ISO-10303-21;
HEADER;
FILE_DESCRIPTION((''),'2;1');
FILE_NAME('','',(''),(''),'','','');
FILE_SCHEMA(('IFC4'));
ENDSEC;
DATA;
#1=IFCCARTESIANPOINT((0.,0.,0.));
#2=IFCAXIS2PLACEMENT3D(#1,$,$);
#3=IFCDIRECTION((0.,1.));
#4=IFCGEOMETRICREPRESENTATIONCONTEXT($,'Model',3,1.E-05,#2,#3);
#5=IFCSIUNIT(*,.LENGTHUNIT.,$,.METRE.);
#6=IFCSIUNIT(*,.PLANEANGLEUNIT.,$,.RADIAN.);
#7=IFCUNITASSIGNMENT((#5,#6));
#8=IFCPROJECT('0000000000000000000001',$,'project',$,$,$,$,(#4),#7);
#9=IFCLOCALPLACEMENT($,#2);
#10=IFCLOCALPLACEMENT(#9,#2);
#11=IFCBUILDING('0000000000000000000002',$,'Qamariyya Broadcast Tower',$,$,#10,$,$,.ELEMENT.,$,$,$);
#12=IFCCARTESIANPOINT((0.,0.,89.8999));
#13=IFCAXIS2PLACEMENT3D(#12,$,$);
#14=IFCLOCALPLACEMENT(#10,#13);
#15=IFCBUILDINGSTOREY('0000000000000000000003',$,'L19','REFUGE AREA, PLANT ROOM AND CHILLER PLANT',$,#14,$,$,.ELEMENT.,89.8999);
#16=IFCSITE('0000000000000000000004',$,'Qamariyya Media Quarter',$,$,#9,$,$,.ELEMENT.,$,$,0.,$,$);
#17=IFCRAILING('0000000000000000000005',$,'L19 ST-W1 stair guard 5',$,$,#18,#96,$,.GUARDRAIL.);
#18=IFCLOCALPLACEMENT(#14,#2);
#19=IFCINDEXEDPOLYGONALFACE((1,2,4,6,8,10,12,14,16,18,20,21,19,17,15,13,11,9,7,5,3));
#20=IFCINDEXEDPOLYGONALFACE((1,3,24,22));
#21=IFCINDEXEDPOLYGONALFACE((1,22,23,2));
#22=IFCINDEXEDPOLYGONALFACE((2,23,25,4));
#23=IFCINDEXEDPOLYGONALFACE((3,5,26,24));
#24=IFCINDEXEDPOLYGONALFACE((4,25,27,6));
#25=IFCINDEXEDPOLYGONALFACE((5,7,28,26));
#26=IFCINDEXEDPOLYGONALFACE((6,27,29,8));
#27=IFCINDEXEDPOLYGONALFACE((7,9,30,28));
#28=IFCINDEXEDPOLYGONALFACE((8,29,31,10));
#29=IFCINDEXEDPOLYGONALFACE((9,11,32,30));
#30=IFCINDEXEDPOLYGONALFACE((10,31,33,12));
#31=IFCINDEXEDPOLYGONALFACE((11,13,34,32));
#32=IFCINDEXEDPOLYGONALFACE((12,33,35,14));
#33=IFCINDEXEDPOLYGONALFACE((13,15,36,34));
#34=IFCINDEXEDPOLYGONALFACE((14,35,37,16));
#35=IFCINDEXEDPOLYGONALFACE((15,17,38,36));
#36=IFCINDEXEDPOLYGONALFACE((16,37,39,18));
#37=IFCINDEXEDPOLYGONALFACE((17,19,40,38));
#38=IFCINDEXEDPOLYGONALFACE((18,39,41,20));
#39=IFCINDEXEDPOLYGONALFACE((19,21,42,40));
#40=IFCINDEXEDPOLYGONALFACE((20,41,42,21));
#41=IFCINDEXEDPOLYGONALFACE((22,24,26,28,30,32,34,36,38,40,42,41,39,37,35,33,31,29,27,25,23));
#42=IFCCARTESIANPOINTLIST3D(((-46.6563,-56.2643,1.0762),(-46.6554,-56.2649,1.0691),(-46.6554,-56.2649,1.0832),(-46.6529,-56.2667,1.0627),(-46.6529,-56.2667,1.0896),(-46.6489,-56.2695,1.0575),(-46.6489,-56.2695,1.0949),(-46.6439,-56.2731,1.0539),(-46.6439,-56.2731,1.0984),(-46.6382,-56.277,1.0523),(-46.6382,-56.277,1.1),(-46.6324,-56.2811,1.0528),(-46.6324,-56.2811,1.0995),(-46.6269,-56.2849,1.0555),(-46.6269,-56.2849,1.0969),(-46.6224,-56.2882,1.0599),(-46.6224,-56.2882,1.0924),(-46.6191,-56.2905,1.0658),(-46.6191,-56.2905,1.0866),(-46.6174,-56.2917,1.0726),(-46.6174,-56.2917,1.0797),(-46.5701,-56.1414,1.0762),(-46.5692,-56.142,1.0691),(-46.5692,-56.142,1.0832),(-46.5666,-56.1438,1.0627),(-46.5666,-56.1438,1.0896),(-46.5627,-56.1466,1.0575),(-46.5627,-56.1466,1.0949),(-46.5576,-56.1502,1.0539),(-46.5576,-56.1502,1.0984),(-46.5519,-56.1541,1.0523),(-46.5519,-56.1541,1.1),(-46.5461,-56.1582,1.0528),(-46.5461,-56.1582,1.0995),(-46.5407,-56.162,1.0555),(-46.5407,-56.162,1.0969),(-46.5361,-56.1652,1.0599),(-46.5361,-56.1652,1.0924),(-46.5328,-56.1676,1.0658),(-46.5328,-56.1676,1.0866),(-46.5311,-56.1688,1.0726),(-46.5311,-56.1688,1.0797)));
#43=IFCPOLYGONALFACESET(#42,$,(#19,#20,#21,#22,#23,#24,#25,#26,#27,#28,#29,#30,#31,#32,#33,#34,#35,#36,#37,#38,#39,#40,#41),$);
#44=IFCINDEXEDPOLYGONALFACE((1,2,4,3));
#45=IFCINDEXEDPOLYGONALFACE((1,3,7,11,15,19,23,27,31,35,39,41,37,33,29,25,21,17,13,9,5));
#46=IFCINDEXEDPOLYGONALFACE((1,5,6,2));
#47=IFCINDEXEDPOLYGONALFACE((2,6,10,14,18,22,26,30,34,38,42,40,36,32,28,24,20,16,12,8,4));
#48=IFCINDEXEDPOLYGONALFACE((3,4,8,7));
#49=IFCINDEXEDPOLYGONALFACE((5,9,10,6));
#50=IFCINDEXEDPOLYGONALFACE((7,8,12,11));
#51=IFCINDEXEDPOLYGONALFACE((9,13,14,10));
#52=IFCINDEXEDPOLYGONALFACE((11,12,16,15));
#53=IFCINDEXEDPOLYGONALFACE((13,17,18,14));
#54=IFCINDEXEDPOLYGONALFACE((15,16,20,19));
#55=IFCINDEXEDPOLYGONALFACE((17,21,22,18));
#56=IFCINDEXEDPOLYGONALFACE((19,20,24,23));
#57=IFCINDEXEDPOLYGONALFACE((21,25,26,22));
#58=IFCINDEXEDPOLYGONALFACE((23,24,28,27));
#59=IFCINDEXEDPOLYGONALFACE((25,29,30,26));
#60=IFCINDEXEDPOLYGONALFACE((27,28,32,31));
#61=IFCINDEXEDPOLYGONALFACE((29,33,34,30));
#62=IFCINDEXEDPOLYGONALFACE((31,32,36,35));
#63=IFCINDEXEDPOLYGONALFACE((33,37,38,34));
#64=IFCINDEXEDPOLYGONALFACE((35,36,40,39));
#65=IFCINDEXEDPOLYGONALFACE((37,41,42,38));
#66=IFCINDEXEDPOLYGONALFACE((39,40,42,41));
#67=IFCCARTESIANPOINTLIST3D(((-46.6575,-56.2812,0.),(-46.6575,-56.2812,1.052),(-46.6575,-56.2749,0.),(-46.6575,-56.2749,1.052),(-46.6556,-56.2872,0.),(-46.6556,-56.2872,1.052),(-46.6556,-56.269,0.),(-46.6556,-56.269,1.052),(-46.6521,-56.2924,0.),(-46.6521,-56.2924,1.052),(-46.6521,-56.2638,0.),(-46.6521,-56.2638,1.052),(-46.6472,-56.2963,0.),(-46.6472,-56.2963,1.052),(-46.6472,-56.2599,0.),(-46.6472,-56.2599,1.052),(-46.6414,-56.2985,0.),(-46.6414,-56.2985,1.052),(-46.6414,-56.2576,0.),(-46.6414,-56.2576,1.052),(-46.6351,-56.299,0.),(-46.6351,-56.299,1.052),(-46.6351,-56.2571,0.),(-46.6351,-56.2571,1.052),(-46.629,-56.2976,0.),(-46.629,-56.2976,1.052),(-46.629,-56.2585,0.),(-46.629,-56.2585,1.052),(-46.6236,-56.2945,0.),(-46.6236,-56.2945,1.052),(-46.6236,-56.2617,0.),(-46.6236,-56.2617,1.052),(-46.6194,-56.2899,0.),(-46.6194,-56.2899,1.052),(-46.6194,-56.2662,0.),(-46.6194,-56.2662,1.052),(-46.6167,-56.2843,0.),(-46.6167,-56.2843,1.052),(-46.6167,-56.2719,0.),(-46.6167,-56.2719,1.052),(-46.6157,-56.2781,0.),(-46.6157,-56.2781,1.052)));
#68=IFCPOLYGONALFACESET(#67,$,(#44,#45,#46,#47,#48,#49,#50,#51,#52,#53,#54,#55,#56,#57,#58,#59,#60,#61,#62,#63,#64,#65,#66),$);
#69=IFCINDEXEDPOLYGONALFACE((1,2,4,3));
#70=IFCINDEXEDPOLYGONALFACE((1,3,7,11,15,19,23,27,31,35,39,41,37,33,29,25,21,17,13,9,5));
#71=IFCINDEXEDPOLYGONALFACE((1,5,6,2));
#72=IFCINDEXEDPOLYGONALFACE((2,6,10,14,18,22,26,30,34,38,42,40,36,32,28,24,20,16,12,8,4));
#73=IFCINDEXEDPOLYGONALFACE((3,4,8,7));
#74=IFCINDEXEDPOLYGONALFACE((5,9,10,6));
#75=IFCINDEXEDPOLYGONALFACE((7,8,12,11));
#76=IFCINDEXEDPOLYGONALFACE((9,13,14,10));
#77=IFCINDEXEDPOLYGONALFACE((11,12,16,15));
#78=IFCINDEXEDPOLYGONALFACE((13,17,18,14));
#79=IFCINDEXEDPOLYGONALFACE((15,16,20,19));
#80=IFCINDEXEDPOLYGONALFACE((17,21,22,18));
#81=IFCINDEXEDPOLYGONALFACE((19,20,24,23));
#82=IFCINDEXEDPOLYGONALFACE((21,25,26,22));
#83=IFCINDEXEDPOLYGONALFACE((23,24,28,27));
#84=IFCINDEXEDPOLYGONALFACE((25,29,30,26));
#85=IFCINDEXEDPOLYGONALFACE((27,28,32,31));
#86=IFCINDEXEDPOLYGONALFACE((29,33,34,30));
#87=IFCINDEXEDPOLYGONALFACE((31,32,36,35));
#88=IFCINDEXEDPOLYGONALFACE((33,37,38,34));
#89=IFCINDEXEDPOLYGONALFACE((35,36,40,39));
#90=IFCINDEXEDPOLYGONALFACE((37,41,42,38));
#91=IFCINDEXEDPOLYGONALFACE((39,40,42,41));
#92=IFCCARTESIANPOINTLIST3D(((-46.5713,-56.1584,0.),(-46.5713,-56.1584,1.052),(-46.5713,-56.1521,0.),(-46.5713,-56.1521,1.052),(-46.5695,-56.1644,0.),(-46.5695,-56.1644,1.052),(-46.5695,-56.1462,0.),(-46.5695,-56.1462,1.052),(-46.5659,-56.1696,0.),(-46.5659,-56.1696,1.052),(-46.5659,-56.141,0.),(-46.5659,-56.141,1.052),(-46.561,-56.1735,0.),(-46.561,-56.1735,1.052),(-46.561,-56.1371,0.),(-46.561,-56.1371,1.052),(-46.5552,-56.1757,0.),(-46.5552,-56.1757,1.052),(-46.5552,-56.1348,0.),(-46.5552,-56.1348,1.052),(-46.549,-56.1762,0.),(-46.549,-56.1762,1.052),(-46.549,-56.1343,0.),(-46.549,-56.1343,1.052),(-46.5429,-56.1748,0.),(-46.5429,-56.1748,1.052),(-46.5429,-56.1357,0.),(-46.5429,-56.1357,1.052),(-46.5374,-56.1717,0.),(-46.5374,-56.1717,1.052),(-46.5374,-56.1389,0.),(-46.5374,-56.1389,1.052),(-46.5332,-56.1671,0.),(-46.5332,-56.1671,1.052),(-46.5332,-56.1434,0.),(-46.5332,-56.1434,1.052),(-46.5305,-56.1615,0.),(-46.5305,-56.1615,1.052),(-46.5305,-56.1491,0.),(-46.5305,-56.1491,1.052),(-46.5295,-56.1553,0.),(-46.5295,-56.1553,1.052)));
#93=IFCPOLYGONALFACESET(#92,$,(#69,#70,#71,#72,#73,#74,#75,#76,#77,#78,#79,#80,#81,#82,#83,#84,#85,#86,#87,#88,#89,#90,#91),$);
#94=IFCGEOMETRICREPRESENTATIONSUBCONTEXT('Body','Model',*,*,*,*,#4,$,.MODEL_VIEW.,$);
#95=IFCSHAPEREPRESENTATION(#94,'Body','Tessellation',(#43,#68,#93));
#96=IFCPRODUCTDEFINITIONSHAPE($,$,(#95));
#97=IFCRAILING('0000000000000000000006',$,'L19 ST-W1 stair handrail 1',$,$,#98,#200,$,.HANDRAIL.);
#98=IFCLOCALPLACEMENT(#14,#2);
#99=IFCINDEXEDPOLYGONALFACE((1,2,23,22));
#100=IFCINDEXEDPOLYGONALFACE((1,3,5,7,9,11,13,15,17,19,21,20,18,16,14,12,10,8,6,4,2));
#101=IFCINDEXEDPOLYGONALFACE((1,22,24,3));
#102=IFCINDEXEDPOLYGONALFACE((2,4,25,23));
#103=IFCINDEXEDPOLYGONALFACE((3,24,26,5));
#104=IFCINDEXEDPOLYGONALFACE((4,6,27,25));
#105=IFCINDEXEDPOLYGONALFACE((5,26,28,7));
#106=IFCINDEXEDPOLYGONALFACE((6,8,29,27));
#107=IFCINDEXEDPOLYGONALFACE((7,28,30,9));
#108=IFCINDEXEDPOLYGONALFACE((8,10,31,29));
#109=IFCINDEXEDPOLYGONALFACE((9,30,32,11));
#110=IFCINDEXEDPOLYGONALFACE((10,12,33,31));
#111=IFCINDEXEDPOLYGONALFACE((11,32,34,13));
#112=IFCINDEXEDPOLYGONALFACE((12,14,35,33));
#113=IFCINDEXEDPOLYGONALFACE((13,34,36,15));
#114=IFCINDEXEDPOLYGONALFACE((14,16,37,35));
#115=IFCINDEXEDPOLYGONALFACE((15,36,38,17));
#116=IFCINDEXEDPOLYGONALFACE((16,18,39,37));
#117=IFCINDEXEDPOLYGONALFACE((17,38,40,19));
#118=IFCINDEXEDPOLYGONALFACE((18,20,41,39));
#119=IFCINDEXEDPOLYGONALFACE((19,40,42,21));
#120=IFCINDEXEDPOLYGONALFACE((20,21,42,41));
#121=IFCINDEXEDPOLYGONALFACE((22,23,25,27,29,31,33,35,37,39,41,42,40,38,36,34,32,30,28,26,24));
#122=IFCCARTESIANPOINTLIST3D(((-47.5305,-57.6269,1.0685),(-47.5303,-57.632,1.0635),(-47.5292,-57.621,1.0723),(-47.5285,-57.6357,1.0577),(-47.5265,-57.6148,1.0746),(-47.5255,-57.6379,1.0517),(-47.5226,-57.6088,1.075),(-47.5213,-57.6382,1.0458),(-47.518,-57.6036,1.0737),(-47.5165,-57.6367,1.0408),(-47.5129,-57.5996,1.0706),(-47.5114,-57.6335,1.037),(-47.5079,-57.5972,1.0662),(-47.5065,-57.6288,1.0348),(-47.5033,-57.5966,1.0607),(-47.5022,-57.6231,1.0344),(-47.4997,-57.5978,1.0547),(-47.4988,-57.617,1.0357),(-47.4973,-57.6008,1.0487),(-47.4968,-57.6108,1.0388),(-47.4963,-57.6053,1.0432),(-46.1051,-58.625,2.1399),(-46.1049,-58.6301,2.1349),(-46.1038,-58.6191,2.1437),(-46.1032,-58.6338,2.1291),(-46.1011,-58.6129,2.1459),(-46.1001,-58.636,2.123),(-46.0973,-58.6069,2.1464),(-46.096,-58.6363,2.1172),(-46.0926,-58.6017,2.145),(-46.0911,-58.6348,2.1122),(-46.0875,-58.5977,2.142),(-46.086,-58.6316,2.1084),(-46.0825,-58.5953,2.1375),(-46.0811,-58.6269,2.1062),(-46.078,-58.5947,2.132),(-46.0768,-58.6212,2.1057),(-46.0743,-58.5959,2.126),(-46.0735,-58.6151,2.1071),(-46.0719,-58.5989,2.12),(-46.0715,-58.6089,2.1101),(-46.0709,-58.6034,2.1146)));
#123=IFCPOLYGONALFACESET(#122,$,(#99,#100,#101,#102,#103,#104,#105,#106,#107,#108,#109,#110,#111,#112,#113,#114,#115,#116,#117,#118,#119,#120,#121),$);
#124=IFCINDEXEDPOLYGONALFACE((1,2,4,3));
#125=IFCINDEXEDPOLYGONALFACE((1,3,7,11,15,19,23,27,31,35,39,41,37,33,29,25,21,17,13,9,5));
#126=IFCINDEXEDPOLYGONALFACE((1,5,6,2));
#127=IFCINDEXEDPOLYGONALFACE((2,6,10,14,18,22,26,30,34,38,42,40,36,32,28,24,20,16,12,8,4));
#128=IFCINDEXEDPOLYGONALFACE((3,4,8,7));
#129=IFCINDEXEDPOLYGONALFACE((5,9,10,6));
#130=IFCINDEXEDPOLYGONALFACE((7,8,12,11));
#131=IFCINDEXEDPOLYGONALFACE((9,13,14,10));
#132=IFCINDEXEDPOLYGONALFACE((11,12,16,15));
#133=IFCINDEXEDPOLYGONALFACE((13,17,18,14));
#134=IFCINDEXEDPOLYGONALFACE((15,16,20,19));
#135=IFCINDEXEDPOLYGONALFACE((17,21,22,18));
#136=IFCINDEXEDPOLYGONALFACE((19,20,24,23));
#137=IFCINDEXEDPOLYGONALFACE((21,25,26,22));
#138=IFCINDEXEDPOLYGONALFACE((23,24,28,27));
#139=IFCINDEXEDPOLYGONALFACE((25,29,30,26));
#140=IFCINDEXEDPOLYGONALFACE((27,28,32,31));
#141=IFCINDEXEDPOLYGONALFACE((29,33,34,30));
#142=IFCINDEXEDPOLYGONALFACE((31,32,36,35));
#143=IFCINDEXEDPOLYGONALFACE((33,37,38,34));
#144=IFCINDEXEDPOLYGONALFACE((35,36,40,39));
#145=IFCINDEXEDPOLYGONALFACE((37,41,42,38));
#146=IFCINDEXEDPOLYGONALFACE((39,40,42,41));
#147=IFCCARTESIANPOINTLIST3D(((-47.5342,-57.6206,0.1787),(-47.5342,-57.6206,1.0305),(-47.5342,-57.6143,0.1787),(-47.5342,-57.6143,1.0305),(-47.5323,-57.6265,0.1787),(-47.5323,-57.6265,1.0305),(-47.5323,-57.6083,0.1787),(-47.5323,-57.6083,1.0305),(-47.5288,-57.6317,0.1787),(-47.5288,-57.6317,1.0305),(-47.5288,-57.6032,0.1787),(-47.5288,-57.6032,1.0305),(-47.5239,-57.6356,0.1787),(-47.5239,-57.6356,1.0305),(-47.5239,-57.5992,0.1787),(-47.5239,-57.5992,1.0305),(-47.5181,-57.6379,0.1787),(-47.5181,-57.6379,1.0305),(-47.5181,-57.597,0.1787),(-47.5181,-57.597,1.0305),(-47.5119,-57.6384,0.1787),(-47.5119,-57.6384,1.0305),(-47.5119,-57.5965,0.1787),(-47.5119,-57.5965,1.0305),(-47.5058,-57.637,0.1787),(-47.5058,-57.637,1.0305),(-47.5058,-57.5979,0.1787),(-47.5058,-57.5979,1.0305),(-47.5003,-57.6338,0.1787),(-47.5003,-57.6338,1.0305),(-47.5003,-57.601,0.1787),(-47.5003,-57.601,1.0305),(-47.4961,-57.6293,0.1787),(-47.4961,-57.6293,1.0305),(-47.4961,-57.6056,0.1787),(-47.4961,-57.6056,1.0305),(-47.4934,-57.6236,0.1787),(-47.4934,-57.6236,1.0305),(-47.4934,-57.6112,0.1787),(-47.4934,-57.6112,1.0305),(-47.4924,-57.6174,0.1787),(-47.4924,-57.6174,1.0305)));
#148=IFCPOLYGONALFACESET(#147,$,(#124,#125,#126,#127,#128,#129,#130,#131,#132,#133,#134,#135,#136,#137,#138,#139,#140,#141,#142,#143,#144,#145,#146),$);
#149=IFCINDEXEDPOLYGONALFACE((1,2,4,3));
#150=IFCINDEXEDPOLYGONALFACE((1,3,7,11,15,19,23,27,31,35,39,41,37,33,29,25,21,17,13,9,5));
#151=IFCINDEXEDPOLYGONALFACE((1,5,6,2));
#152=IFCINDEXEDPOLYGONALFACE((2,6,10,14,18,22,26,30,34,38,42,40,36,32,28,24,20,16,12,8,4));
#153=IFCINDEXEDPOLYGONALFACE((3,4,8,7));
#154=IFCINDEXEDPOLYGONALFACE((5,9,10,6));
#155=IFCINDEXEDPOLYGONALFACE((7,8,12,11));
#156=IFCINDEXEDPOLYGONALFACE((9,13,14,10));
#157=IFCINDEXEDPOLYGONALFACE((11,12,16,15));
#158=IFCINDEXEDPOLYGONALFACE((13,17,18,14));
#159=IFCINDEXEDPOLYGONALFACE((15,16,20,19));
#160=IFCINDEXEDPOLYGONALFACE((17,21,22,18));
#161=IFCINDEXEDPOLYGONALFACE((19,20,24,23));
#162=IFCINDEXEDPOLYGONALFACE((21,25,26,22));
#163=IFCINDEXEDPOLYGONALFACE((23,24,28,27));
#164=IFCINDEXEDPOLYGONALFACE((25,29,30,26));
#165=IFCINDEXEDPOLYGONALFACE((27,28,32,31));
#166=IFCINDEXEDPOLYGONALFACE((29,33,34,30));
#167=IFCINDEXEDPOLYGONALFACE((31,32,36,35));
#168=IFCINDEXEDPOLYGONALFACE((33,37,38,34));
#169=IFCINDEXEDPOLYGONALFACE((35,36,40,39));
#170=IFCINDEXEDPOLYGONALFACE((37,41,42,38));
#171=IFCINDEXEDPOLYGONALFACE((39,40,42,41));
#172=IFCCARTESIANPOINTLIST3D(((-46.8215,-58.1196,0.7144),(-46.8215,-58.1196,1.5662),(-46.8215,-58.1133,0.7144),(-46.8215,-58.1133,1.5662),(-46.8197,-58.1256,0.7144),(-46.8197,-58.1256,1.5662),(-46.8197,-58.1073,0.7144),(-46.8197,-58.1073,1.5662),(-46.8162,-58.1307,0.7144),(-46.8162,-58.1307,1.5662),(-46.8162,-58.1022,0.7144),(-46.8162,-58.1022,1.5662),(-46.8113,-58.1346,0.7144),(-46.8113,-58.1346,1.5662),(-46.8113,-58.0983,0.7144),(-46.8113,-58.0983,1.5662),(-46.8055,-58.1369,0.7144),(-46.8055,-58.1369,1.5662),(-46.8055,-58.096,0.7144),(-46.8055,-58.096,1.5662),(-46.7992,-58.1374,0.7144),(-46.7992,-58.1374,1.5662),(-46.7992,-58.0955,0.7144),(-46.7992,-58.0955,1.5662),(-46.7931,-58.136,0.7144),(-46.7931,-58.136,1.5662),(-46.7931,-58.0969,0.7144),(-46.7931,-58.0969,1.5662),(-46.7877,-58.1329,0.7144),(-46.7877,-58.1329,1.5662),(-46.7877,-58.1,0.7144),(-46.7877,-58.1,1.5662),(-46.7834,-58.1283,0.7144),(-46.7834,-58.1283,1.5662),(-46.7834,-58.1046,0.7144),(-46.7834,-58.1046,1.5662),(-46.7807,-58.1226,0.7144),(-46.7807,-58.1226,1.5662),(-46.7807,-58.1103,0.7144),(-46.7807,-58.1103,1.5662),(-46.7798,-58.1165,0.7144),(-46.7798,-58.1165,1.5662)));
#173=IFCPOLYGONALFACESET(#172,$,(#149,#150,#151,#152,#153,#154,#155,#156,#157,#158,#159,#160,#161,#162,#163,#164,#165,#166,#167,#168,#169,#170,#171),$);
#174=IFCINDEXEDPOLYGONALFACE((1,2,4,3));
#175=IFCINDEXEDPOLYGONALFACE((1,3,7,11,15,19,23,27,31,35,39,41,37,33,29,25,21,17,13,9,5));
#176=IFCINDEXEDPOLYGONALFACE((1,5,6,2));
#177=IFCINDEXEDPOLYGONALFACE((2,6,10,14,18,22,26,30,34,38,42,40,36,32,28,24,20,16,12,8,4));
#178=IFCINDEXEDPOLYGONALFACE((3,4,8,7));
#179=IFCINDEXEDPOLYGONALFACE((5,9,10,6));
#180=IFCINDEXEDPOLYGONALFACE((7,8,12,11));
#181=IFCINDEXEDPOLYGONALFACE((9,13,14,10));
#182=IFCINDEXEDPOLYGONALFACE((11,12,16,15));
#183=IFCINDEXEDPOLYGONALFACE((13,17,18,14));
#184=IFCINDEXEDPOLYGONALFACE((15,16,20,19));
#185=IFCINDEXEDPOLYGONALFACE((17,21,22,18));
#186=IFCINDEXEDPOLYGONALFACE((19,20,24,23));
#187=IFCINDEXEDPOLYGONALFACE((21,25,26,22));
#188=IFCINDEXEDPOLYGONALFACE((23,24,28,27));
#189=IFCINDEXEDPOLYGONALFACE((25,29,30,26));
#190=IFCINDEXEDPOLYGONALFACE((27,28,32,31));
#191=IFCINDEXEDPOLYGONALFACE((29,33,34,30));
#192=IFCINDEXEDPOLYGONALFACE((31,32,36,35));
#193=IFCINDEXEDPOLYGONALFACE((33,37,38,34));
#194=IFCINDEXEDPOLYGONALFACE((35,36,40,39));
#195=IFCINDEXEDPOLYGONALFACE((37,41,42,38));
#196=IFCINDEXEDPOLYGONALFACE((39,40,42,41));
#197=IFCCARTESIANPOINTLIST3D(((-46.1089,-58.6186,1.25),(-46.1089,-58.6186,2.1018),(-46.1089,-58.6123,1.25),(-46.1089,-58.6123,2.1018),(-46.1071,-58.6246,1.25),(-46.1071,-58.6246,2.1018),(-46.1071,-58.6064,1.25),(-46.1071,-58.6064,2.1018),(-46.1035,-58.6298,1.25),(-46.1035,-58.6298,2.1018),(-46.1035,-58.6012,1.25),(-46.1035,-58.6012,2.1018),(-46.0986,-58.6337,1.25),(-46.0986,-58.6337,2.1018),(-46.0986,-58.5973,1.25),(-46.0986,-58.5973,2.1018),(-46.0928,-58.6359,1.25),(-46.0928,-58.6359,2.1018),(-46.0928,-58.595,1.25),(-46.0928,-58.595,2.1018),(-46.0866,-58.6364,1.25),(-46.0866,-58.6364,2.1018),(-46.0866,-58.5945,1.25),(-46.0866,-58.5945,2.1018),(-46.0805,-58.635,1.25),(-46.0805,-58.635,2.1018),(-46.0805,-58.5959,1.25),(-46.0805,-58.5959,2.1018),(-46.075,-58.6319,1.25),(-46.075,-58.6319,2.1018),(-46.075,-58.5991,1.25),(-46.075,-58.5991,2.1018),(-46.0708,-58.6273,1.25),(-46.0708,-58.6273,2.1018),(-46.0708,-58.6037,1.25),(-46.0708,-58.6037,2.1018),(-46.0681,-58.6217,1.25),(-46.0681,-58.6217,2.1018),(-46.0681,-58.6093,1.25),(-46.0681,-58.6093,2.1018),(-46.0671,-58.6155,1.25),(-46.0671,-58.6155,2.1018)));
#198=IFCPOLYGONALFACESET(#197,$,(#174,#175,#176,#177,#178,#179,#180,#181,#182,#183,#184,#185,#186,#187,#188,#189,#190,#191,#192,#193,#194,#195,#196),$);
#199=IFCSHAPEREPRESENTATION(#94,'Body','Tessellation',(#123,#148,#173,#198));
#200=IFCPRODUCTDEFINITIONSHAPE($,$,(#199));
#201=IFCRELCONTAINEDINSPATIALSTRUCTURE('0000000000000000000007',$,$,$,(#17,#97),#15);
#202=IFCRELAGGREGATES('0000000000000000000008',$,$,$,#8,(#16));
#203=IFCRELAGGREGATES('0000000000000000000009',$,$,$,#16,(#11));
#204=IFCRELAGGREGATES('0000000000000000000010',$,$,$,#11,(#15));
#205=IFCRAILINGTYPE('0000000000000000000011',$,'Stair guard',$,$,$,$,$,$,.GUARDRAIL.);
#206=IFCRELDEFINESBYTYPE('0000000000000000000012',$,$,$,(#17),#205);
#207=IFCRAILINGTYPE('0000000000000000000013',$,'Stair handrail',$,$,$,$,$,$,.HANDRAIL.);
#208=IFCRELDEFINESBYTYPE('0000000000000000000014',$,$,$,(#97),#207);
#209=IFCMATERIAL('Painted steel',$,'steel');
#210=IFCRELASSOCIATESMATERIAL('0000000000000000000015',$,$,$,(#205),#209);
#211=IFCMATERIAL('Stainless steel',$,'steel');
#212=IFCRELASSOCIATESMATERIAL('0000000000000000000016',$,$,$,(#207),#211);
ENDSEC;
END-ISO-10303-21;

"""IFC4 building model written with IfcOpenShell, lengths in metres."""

from ifc_helpers import new_model, si_unit, direction, frame, origin, origin_2d, place, context, subcontext, project, spatial, circle, extrude, material, type_object, element, save


model = new_model("IFC4")

# Units and contexts
model_context = context("Model", 3, precision=1e-05, world=origin(), true_north=direction((0.0, 1.0)))
body_context = subcontext(model_context, "Body", "Model", "MODEL_VIEW")
ifc_project = project(units=[si_unit("LENGTHUNIT", "METRE"), si_unit("PLANEANGLEUNIT", "RADIAN")], contexts=[model_context])

# Site, building, storey
site_placement = place(None, origin())
site = spatial("IfcSite", under=ifc_project, at=site_placement, Name="Qamariyya Media Quarter", CompositionType="ELEMENT", RefElevation=0.0)
building_placement = place(site_placement, origin())
building = spatial("IfcBuilding", under=site, at=building_placement, Name="Qamariyya Broadcast Tower", CompositionType="ELEMENT")
storey_placement = place(building_placement, frame((0.0, 0.0, 89.8999)))
storey = spatial("IfcBuildingStorey", under=building, at=storey_placement, Name="L19", Description="REFUGE AREA, PLANT ROOM AND CHILLER PLANT", CompositionType="ELEMENT", Elevation=89.8999)

# Railings
ifc_material_1 = material(Name="Painted steel", Category="steel")
railing_type_1 = type_object("IfcRailingType", Name="Stair guard", PredefinedType="GUARDRAIL", material=ifc_material_1)
railing_1_placement = place(storey_placement, frame((-46.6367, -56.2781, 0.0)))
element("IfcRailing", 1, at=railing_1_placement, inside=storey, type_object=railing_type_1, Name="L19 ST-W1 stair guard 5", PredefinedType="GUARDRAIL", context=body_context, shape_type="SweptSolid", body=[
    extrude(circle(Radius=0.0239, at=origin_2d()), frame((0.0, 0.0, 1.0762), z_axis=(0.574445, 0.818543, 0.0), x_axis=(-0.818543, 0.574445, 0.0)), (0.0, 0.0, 1.0), 0.1501),
    extrude(circle(Radius=0.021, at=origin_2d()), origin(), (0.0, 0.0, 1.0), 1.052),
    extrude(circle(Radius=0.021, at=origin_2d()), frame((0.0862, 0.1228, 0.0)), (0.0, 0.0, 1.0), 1.052),
])
ifc_material_2 = material(Name="Stainless steel", Category="steel")
railing_type_2 = type_object("IfcRailingType", Name="Stair handrail", PredefinedType="HANDRAIL", material=ifc_material_2)
for number, where, name in (
    (2, (-47.5134, -57.6174, 0.1787), "L19 ST-W1 stair handrail 1"),
):
    element("IfcRailing", number, at=place(storey_placement, frame(where)), inside=storey, type_object=railing_type_2, Name=name, PredefinedType="HANDRAIL", context=body_context, shape_type="SweptSolid", body=[
        extrude(circle(Radius=0.0239, at=origin_2d()), frame((0.0, 0.0, 0.876), z_axis=(0.697533, -0.48844, 0.524285), x_axis=(0.573594, 0.81914, 0.0)), (0.0, 0.0, 1.0), 2.0435),
        extrude(circle(Radius=0.021, at=origin_2d()), origin(), (0.0, 0.0, 1.0), 0.8518),
        extrude(circle(Radius=0.021, at=origin_2d()), frame((0.7126, -0.499, 0.5356)), (0.0, 0.0, 1.0), 0.8518),
        extrude(circle(Radius=0.021, at=origin_2d()), frame((1.4253, -0.998, 1.0713)), (0.0, 0.0, 1.0), 0.8518),
    ])

save(model, "model.ifc")
